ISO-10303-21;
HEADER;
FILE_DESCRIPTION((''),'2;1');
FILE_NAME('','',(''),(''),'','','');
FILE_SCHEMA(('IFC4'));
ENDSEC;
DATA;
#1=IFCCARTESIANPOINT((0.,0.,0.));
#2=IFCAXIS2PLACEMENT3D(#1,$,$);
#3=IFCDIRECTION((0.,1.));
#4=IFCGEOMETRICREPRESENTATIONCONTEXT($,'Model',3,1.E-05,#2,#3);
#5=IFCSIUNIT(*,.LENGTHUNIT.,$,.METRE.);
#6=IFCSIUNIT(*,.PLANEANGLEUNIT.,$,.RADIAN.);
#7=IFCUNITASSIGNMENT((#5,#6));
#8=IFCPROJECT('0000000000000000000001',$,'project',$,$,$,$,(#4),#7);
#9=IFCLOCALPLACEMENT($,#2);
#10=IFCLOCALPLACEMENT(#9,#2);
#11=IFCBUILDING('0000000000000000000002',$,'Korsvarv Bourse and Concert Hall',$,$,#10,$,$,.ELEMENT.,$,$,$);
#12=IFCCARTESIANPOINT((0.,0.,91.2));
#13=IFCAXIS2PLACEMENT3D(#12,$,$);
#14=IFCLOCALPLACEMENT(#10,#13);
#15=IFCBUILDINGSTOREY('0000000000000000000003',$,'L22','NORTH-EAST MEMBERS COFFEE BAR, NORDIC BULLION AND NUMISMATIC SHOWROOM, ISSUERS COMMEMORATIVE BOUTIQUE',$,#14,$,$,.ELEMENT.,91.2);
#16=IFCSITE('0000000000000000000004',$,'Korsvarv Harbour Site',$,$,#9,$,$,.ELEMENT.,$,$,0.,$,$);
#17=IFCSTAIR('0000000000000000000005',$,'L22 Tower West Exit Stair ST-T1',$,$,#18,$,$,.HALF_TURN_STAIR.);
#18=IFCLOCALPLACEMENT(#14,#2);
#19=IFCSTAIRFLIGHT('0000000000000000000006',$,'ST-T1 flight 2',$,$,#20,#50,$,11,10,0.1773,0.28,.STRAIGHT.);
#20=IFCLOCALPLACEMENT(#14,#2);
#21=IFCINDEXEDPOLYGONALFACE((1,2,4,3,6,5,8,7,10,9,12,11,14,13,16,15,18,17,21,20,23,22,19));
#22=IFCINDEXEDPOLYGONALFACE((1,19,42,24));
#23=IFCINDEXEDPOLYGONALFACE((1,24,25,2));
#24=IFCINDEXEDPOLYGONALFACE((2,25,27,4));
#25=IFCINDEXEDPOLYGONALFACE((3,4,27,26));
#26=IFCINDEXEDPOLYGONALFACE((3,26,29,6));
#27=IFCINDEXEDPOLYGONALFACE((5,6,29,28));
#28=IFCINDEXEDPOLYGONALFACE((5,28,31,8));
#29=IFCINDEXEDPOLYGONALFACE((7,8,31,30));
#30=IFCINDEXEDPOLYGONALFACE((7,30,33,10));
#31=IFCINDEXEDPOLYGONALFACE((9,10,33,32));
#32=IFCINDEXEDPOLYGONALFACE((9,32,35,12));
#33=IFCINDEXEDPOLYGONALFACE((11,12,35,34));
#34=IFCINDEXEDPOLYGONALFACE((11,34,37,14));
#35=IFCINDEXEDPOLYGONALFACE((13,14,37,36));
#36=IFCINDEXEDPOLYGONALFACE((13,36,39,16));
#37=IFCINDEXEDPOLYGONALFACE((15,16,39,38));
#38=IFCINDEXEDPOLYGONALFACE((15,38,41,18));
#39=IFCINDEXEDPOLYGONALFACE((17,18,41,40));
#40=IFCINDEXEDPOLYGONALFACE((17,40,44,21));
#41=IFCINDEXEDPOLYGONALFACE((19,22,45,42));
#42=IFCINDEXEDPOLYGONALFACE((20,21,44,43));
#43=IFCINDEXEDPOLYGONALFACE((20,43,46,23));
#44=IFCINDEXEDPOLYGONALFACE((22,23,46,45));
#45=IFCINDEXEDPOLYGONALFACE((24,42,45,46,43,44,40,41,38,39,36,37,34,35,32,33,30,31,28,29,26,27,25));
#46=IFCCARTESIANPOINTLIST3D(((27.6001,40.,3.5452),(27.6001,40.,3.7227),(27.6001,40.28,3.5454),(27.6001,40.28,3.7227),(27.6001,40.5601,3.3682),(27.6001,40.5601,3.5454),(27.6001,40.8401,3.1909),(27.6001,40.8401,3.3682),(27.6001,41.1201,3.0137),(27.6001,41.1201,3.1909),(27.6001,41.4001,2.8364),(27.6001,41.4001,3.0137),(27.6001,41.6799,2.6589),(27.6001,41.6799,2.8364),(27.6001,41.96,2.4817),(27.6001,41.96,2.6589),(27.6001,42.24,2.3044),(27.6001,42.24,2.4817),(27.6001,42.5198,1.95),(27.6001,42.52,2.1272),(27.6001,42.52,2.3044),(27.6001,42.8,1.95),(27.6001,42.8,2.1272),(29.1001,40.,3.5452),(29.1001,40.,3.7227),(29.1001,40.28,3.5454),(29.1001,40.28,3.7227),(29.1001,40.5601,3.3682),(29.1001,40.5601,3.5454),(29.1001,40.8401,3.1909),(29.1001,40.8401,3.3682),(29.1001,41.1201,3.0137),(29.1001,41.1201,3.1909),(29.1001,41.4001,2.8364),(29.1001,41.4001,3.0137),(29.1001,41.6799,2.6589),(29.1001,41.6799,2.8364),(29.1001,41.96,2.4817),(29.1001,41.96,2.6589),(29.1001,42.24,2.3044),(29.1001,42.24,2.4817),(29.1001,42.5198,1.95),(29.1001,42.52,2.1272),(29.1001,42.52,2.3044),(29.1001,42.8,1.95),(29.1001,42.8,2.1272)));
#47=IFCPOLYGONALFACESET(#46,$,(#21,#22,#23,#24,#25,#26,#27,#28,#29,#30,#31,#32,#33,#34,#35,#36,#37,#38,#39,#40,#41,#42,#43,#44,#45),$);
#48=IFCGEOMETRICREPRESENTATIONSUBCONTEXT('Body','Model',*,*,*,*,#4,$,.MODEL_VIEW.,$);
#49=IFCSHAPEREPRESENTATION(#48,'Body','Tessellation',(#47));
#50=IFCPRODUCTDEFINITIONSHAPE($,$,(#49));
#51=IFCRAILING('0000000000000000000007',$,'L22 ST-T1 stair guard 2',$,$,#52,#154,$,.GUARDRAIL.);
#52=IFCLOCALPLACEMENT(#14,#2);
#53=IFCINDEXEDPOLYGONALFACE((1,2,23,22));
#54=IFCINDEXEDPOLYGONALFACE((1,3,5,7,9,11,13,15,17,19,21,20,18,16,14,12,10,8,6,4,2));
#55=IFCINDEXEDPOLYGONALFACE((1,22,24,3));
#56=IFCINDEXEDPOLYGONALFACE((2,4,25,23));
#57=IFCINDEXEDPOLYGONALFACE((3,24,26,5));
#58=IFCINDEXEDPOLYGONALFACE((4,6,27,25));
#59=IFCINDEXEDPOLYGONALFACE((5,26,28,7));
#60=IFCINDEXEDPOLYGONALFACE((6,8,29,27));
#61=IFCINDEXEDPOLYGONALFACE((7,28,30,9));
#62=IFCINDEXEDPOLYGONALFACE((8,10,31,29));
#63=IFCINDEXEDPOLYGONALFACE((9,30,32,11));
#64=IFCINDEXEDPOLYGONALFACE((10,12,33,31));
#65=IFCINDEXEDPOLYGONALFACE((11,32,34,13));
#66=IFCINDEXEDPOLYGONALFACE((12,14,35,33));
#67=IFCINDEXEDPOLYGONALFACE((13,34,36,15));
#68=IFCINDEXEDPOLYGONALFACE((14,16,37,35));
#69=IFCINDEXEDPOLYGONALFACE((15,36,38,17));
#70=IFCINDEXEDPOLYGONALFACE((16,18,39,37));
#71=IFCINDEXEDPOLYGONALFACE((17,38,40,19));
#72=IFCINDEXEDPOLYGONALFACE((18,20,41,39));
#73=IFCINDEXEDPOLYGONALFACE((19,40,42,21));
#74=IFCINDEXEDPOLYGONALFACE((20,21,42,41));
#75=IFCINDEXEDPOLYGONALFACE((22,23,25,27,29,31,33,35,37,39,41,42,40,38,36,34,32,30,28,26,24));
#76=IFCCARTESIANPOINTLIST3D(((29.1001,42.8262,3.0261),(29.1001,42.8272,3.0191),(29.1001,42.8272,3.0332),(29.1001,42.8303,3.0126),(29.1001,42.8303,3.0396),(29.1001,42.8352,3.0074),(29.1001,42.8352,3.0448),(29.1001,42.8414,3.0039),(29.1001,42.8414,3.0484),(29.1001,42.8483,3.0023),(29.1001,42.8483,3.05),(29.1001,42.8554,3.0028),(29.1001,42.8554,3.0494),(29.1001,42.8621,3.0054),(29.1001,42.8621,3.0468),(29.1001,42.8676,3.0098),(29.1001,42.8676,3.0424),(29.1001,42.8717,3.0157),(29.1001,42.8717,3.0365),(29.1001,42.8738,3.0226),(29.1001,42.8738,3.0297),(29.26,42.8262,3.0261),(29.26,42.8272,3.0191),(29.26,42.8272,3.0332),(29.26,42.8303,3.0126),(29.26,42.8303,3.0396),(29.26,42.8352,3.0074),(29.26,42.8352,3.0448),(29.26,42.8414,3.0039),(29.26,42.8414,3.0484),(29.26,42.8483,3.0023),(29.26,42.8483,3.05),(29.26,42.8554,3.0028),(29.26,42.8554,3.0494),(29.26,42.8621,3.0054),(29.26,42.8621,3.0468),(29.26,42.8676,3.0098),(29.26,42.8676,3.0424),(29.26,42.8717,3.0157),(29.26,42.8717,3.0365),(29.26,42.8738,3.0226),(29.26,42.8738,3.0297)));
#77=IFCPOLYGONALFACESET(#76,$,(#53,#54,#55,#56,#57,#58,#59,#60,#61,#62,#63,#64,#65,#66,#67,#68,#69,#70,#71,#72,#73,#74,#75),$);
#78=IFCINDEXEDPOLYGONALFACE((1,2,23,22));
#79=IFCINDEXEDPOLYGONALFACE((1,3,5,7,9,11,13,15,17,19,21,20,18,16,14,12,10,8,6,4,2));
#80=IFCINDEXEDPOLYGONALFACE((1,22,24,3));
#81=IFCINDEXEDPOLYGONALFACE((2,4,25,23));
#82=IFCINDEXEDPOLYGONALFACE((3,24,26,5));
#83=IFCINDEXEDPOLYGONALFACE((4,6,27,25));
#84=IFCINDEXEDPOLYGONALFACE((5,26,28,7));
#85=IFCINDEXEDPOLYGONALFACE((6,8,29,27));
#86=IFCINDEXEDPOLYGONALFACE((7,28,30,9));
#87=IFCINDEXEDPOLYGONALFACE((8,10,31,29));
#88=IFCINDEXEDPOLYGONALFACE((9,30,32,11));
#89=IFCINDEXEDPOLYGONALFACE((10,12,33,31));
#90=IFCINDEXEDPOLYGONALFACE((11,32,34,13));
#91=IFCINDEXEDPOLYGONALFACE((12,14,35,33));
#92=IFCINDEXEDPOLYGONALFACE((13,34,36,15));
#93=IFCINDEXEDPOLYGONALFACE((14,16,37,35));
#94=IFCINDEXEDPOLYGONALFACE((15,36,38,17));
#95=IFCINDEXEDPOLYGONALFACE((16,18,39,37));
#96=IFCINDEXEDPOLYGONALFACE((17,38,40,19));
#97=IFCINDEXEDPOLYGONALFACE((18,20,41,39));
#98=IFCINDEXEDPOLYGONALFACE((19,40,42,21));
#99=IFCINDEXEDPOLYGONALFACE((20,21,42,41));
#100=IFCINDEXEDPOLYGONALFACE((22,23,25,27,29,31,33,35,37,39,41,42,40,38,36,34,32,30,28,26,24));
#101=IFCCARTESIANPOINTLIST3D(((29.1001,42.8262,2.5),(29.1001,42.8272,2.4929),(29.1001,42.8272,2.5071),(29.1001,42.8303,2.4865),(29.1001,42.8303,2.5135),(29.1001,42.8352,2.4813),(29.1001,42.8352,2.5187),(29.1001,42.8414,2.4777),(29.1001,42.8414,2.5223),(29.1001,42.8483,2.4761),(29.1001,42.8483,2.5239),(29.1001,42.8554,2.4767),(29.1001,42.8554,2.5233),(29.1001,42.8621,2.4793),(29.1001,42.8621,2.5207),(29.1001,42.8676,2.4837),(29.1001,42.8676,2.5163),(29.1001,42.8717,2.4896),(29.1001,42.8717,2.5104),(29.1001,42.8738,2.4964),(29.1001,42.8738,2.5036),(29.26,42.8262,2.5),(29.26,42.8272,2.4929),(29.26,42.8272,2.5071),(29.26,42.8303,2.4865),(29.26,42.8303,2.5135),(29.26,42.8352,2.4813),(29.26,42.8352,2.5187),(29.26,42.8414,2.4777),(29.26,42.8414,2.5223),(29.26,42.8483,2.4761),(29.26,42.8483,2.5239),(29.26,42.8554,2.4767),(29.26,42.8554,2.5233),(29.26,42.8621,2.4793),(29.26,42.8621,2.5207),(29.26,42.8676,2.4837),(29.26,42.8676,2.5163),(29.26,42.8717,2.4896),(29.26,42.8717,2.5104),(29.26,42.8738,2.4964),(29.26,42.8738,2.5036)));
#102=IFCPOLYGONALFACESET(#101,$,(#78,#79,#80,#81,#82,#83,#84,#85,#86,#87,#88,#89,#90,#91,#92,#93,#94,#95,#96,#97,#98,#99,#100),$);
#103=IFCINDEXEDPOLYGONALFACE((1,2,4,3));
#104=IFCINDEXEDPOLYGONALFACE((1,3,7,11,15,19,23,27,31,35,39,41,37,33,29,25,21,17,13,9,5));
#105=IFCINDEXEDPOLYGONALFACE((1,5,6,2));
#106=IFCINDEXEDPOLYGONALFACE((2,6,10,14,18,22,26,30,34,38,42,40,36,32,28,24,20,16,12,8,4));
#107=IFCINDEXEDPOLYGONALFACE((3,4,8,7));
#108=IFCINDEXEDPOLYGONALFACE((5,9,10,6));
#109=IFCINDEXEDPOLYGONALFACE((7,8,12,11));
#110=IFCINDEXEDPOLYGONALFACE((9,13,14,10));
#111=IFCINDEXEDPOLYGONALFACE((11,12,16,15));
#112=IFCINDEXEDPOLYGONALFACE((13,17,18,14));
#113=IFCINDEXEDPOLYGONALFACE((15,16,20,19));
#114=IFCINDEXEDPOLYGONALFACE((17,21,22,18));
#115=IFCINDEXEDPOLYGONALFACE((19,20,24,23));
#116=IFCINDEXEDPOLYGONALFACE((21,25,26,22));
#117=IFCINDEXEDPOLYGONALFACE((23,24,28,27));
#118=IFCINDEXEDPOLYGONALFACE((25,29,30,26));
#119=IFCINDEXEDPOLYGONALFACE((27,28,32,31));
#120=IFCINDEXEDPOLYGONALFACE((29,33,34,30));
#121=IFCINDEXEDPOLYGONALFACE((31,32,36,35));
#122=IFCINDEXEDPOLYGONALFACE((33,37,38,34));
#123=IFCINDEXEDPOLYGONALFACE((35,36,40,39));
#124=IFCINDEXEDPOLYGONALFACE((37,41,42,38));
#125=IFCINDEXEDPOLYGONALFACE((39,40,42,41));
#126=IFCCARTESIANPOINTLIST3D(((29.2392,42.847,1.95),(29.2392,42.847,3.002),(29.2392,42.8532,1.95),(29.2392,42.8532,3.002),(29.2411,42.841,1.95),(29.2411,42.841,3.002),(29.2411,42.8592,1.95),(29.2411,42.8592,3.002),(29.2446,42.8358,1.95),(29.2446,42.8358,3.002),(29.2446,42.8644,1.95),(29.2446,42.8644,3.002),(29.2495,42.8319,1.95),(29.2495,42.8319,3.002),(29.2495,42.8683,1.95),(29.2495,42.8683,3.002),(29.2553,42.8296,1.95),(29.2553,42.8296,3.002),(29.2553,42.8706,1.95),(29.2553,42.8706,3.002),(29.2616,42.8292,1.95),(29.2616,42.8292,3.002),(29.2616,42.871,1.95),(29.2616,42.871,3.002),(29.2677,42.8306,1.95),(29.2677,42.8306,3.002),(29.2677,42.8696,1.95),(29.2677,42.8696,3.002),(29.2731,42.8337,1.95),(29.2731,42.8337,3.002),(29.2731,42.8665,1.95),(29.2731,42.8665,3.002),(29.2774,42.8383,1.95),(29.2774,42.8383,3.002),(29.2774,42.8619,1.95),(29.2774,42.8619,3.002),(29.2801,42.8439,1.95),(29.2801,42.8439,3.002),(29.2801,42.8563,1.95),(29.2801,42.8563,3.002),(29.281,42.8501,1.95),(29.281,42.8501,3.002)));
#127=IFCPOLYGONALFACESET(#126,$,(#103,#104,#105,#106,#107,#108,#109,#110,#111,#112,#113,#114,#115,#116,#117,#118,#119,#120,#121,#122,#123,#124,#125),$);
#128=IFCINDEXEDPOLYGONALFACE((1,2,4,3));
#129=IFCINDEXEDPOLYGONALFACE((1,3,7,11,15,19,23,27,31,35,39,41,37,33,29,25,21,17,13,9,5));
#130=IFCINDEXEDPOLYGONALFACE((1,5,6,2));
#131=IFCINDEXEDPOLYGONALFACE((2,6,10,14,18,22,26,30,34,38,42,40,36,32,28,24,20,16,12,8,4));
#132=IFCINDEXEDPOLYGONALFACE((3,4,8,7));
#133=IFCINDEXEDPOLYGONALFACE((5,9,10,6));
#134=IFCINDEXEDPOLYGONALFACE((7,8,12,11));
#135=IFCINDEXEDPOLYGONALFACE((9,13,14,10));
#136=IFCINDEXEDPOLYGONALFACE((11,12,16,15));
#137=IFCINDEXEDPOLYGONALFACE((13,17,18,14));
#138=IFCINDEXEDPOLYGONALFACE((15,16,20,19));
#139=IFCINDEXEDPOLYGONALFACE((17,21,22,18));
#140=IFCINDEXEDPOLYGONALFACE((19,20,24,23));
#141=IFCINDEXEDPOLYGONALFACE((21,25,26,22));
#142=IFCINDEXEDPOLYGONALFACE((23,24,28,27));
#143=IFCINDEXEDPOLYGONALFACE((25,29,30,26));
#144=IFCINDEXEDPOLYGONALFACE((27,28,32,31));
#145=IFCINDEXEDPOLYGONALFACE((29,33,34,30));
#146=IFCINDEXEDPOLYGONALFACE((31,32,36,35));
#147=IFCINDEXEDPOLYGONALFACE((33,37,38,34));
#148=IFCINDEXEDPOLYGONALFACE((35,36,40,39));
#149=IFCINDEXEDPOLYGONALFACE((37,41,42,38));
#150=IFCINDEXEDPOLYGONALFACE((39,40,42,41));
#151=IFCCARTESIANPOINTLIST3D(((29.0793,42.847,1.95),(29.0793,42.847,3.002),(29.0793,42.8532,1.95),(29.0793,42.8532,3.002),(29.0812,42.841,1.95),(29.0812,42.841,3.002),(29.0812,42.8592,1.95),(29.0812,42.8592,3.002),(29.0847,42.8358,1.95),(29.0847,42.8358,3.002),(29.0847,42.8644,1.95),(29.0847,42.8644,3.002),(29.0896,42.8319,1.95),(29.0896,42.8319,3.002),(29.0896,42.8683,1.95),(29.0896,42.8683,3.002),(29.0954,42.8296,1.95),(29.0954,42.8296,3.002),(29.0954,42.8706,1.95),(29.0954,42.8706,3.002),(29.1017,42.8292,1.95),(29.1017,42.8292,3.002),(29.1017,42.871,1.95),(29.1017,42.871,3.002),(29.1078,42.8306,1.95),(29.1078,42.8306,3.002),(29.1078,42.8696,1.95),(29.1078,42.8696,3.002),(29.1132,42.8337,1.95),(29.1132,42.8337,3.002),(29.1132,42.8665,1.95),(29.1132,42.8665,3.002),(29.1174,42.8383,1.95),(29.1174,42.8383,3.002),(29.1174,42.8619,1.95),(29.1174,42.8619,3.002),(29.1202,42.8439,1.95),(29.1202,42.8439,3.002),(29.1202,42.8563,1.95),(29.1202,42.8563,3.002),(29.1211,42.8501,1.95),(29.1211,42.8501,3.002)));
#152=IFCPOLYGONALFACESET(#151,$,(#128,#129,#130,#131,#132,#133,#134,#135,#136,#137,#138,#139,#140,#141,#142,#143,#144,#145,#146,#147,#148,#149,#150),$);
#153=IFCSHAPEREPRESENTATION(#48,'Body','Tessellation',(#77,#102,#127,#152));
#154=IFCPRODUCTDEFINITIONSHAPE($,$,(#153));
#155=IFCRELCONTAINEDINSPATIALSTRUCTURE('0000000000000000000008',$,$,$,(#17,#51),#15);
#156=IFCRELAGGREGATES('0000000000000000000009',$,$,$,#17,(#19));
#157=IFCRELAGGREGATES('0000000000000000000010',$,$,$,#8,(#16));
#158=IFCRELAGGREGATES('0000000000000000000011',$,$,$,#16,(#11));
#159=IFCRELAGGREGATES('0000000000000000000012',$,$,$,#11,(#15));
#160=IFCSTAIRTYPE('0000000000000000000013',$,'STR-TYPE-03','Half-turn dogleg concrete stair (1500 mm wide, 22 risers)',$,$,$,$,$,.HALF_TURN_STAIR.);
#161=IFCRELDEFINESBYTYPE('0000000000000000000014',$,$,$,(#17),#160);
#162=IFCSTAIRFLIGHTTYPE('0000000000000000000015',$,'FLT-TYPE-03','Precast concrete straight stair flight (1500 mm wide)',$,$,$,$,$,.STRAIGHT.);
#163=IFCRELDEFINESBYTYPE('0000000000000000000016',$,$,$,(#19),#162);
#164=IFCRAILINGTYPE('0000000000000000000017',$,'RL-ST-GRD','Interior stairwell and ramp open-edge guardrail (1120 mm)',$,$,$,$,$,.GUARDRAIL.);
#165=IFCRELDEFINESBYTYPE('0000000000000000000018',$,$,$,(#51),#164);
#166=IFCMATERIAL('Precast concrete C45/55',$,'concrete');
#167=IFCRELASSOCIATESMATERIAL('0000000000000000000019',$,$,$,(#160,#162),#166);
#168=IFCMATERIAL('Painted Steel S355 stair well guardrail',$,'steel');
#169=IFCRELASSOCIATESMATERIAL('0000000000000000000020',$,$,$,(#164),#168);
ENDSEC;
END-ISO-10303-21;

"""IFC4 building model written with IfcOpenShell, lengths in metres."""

from ifc_helpers import new_model, si_unit, direction, frame, origin, origin_2d, place, context, subcontext, project, spatial, polyline, circle, outline, extrude, material, type_object, element, aggregate, save


model = new_model("IFC4")

# Units and contexts
model_context = context("Model", 3, precision=1e-05, world=origin(), true_north=direction((0.0, 1.0)))
body_context = subcontext(model_context, "Body", "Model", "MODEL_VIEW")
ifc_project = project(units=[si_unit("LENGTHUNIT", "METRE"), si_unit("PLANEANGLEUNIT", "RADIAN")], contexts=[model_context])

# Site, building, storey
site_placement = place(None, origin())
site = spatial("IfcSite", under=ifc_project, at=site_placement, Name="Korsvarv Harbour Site", CompositionType="ELEMENT", RefElevation=0.0)
building_placement = place(site_placement, origin())
building = spatial("IfcBuilding", under=site, at=building_placement, Name="Korsvarv Bourse and Concert Hall", CompositionType="ELEMENT")
storey_placement = place(building_placement, frame((0.0, 0.0, 91.2)))
storey = spatial("IfcBuildingStorey", under=building, at=storey_placement, Name="L22", Description="NORTH-EAST MEMBERS COFFEE BAR, NORDIC BULLION AND NUMISMATIC SHOWROOM, ISSUERS COMMEMORATIVE BOUTIQUE", CompositionType="ELEMENT", Elevation=91.2)

# Stair, stair flight
ifc_material_1 = material(Name="Precast concrete C45/55", Category="concrete")
stair_type = type_object("IfcStairType", Name="STR-TYPE-03", Description="Half-turn dogleg concrete stair (1500 mm wide, 22 risers)", PredefinedType="HALF_TURN_STAIR", material=ifc_material_1)
stair_placement = place(storey_placement, origin())
stair = element("IfcStair", 1, at=stair_placement, inside=storey, type_object=stair_type, Name="L22 Tower West Exit Stair ST-T1", PredefinedType="HALF_TURN_STAIR")
stair_flight_type = type_object("IfcStairFlightType", Name="FLT-TYPE-03", Description="Precast concrete straight stair flight (1500 mm wide)", PredefinedType="STRAIGHT", material=ifc_material_1)
stair_flight_placement = place(storey_placement, frame((28.3501, 42.8, 1.95), z_axis=(0.0, 0.0, 1.0), x_axis=(0.0, -1.0, 0.0)))
stair_flight = element("IfcStairFlight", 2, at=stair_flight_placement, type_object=stair_flight_type, Name="ST-T1 flight 2", NumberOfRisers=11, NumberOfTreads=10, PredefinedType="STRAIGHT", RiserHeight=0.1773, TreadLength=0.28, context=body_context, shape_type="SweptSolid", body=[
    extrude(outline(polyline([(0.0, 0.0), (0.0, 0.1772), (0.28, 0.1772), (0.28, 0.3545), (0.5601, 0.3545), (0.5601, 0.5317), (0.8401, 0.5317), (0.8401, 0.709), (1.1201, 0.709), (1.1201, 0.8865), (1.3999, 0.8865), (1.3999, 1.0637), (1.6799, 1.0637), (1.6799, 1.241), (1.96, 1.241), (1.96, 1.4182), (2.24, 1.4182), (2.24, 1.5955), (2.52, 1.5955), (2.52, 1.7727), (2.8, 1.7727), (2.8, 1.95), (2.8, 1.5952), (0.2803, 0.0), (0.0, 0.0)])), frame((0.0, 0.75, 0.0), z_axis=(0.0, -1.0, 0.0), x_axis=(1.0, 0.0, 0.0)), (0.0, 0.0, 1.0), 1.5),
])
aggregate(stair, [stair_flight])

# Railing
ifc_material_2 = material(Name="Painted Steel S355 stair well guardrail", Category="steel")
railing_type = type_object("IfcRailingType", Name="RL-ST-GRD", Description="Interior stairwell and ramp open-edge guardrail (1120 mm)", PredefinedType="GUARDRAIL", material=ifc_material_2)
railing_1_placement = place(storey_placement, frame((29.26, 42.8501, 1.95)))
element("IfcRailing", 3, at=railing_1_placement, inside=storey, type_object=railing_type, Name="L22 ST-T1 stair guard 2", PredefinedType="GUARDRAIL", context=body_context, shape_type="SweptSolid", body=[
    extrude(circle(Radius=0.0239, at=origin_2d()), frame((0.0, 0.0, 1.0762), z_axis=(-1.0, 0.0, 0.0), x_axis=(0.0, -1.0, 0.0)), (0.0, 0.0, 1.0), 0.1599),
    extrude(circle(Radius=0.0239, at=origin_2d()), frame((0.0, 0.0, 0.55), z_axis=(-1.0, 0.0, 0.0), x_axis=(0.0, -1.0, 0.0)), (0.0, 0.0, 1.0), 0.1599),
    extrude(circle(Radius=0.021, at=origin_2d()), origin(), (0.0, 0.0, 1.0), 1.052),
    extrude(circle(Radius=0.021, at=origin_2d()), frame((-0.1599, 0.0, 0.0)), (0.0, 0.0, 1.0), 1.052),
])

save(model, "model.ifc")
